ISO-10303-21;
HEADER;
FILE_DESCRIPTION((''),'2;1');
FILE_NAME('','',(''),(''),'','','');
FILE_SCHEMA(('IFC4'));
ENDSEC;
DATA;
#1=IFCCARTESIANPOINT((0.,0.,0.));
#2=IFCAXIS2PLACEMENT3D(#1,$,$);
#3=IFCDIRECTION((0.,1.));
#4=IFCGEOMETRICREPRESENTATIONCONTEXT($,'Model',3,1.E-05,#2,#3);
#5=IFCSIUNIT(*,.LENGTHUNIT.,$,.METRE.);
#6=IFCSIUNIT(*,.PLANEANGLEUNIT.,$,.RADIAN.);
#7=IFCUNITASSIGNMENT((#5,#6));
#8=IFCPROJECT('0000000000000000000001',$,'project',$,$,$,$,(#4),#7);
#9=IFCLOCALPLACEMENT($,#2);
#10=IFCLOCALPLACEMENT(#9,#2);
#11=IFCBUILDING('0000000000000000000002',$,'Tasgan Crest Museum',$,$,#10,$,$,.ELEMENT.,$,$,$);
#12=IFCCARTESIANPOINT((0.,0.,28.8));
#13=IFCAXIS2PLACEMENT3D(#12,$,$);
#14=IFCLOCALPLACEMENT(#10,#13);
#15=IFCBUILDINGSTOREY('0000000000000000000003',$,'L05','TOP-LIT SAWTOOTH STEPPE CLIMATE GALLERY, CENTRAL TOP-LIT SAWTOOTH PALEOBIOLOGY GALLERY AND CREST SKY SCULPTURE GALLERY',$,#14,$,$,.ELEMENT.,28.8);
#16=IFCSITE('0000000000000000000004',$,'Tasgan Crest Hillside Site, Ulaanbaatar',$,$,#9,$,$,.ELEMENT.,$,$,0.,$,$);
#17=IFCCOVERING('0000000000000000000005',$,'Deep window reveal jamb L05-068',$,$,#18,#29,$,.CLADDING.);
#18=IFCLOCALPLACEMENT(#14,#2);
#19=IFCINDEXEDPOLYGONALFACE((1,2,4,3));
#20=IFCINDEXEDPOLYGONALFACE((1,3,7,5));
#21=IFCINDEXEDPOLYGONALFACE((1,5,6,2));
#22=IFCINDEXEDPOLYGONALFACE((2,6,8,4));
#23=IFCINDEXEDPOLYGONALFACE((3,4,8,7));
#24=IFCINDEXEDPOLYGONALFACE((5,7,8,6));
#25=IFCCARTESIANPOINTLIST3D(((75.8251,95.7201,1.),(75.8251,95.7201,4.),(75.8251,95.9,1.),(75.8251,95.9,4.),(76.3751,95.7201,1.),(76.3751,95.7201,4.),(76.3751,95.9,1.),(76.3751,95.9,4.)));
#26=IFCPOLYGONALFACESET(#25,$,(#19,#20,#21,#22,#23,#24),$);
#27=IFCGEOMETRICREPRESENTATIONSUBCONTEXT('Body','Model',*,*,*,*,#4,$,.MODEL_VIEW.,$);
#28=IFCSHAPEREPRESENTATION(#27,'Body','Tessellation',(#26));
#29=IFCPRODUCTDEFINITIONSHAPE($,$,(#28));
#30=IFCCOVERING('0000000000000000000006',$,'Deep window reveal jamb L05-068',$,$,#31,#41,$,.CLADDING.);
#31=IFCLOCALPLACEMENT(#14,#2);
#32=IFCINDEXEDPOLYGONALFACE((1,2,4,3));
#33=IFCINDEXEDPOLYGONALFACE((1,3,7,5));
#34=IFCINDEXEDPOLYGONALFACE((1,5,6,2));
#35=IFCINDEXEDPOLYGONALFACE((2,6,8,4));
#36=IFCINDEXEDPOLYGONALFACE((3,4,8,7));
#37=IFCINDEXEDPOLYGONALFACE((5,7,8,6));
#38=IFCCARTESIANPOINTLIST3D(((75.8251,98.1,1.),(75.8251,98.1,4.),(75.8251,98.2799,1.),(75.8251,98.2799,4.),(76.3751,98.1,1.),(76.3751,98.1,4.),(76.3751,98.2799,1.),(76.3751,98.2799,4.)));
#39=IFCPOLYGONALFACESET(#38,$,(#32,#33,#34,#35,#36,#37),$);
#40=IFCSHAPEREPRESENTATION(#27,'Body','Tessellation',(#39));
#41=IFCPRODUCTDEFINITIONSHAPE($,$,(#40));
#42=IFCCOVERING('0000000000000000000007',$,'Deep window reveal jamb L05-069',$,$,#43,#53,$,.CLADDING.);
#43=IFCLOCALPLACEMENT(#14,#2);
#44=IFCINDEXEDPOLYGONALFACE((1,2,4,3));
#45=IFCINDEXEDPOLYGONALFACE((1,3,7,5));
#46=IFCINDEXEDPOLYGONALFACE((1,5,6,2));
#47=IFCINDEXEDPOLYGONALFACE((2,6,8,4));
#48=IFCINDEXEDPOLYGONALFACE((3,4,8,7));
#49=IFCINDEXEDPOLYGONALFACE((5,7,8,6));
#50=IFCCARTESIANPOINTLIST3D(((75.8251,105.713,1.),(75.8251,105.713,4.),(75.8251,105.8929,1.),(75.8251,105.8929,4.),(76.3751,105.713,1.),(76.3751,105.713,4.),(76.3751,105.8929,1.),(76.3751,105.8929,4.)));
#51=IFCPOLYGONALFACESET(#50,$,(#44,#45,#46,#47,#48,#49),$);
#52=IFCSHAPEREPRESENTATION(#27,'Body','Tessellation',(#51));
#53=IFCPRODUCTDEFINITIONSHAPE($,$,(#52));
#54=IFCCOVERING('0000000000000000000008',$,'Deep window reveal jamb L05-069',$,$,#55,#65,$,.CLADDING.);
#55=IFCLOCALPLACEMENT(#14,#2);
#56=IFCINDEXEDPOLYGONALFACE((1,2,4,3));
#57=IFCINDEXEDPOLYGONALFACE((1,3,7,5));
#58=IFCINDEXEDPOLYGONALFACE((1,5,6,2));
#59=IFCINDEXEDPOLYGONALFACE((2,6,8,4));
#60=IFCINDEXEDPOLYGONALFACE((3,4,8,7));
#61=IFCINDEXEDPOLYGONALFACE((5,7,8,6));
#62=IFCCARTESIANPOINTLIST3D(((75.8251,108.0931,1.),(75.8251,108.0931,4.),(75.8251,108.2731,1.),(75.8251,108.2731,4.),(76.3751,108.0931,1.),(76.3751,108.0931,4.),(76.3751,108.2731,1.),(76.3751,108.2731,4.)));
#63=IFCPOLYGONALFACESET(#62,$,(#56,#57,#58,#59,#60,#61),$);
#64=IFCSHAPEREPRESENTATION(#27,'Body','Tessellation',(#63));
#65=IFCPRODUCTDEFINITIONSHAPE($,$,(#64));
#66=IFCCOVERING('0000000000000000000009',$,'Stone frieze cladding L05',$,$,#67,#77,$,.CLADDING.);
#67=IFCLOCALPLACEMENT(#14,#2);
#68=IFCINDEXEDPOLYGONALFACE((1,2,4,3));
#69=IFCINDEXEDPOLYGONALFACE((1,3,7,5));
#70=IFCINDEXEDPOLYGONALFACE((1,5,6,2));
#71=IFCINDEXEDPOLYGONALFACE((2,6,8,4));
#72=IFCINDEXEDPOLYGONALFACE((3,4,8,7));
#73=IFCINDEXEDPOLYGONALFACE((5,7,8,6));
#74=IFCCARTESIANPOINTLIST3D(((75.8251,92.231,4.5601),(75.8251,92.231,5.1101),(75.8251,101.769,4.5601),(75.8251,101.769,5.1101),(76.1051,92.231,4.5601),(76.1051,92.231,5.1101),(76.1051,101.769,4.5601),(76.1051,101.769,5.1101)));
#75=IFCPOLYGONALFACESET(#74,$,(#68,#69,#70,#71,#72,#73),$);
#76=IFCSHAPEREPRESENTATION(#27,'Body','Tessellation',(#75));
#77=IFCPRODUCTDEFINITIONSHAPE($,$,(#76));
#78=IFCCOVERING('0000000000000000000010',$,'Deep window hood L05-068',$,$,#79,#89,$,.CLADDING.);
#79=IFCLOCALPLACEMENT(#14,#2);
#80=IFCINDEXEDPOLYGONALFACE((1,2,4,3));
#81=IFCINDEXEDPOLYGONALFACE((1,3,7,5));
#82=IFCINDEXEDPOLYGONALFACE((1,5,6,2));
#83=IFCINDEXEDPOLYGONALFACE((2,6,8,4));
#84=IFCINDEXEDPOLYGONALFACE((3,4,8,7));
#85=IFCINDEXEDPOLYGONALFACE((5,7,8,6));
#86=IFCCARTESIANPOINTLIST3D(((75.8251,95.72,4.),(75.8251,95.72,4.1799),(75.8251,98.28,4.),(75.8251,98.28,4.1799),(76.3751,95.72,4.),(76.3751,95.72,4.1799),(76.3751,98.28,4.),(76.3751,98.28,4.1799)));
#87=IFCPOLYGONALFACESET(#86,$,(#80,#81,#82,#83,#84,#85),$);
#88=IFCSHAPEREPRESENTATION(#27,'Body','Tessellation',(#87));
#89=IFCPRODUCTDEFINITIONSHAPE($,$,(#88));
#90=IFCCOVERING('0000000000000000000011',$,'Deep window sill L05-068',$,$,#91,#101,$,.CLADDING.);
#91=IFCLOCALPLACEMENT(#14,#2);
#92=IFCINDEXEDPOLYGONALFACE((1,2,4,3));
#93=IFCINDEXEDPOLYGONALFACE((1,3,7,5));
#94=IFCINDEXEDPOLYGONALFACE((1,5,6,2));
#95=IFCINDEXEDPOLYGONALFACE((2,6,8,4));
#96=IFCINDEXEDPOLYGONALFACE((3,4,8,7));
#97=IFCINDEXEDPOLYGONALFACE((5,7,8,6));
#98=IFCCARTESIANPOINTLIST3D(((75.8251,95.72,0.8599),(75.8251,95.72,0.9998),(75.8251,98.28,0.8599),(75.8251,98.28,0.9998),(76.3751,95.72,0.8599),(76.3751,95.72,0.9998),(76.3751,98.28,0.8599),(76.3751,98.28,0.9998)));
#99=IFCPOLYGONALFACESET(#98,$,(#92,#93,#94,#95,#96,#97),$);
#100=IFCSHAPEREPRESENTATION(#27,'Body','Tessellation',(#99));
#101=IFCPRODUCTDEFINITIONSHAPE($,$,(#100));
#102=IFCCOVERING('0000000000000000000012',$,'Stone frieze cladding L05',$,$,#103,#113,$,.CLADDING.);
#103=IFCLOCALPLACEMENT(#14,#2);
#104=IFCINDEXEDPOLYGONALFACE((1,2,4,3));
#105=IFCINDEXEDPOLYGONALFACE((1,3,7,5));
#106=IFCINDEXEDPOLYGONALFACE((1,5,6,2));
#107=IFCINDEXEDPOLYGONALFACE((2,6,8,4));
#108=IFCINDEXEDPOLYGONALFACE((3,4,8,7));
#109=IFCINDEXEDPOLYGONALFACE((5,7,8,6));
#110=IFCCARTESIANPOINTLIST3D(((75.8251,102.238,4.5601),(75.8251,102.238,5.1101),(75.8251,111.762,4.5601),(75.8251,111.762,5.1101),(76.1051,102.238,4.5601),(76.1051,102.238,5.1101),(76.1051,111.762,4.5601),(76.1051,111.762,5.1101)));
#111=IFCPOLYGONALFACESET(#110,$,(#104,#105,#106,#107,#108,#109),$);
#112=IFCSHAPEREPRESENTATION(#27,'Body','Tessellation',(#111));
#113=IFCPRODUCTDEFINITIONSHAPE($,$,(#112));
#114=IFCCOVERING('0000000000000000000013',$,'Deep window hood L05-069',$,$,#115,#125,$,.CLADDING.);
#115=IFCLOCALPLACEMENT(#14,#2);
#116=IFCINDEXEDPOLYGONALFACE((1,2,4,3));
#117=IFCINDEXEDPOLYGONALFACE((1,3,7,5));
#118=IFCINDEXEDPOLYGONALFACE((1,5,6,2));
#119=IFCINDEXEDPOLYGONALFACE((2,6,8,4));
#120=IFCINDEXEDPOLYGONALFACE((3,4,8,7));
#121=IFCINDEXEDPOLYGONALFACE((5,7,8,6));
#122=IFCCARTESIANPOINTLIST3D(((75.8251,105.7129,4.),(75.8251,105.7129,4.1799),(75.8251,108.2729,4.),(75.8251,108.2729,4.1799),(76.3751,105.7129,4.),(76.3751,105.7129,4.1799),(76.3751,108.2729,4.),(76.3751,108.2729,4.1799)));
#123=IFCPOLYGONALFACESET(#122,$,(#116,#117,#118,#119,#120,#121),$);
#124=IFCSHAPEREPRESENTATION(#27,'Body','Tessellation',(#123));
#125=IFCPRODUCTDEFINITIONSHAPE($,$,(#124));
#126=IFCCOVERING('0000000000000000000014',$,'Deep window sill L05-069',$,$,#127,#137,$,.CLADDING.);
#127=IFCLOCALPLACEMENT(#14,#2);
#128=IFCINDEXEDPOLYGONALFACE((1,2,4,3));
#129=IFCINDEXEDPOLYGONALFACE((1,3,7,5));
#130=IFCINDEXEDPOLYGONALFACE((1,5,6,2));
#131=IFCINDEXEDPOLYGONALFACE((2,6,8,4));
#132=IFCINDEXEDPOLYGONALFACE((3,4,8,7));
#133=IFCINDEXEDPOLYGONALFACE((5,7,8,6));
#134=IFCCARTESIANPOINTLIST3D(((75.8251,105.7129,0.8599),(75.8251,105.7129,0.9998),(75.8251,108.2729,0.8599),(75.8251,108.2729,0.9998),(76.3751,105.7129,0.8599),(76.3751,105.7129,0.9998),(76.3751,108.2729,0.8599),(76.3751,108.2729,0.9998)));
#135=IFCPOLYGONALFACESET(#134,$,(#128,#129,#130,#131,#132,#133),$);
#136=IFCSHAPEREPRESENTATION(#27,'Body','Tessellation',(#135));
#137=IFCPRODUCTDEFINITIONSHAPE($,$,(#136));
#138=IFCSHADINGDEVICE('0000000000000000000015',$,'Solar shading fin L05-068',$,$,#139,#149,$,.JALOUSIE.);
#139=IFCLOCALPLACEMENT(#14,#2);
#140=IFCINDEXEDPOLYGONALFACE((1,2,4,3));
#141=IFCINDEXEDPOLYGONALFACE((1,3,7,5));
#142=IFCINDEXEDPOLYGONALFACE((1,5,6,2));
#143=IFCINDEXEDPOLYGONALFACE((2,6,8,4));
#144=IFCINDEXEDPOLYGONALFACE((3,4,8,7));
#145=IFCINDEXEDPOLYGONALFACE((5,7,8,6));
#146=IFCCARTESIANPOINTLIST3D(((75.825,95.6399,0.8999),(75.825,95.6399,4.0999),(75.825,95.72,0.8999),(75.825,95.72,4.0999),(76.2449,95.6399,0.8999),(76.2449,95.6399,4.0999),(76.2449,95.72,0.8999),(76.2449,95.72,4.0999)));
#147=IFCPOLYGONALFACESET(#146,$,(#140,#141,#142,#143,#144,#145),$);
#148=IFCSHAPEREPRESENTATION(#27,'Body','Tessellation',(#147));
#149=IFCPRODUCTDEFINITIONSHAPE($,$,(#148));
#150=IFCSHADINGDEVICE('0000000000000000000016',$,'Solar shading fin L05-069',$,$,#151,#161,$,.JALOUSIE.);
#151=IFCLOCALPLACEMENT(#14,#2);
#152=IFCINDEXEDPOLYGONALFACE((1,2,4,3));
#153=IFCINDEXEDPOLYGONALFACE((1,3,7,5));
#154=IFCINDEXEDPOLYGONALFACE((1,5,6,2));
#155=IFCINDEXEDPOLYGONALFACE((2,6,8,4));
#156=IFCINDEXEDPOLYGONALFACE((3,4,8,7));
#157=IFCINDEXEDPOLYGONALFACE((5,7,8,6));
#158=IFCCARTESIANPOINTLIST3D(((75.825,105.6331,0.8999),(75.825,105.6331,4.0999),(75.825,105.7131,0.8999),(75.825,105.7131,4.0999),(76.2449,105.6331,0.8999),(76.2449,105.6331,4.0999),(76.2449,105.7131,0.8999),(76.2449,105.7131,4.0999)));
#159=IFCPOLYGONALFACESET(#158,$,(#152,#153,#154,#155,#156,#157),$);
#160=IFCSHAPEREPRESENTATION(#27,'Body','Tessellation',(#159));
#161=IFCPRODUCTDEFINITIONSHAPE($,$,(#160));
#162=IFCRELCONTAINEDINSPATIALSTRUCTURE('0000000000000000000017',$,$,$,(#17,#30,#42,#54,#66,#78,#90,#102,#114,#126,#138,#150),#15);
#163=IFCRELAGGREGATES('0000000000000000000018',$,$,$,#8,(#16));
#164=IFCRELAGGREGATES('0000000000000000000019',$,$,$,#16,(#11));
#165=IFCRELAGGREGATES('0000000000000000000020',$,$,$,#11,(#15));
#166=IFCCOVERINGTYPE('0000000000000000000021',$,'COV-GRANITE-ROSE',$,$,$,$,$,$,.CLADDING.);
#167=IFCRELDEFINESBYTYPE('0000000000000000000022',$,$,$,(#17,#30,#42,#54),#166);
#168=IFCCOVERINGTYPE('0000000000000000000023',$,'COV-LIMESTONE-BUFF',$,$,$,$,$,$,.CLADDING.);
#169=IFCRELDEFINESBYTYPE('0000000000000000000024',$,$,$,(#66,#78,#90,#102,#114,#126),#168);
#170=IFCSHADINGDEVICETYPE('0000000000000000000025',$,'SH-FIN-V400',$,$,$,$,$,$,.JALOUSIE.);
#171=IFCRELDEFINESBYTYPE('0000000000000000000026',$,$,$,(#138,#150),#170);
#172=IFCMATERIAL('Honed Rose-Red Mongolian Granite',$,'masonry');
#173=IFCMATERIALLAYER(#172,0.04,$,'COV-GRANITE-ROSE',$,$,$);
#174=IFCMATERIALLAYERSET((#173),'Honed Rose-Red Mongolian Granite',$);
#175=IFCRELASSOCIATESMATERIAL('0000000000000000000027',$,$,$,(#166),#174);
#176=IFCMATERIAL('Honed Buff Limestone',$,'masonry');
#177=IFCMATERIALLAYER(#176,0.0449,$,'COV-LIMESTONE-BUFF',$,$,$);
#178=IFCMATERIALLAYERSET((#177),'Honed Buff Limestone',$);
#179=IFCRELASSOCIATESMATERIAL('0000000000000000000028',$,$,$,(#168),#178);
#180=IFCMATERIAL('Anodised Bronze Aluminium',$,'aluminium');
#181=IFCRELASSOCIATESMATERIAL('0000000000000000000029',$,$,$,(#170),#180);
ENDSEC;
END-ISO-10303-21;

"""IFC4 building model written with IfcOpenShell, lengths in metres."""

from ifc_helpers import new_model, si_unit, direction, frame, origin, origin_2d, place, context, subcontext, project, spatial, rectangle, extrude, material, layer, layer_set, type_object, element, save


model = new_model("IFC4")

# Units and contexts
model_context = context("Model", 3, precision=1e-05, world=origin(), true_north=direction((0.0, 1.0)))
body_context = subcontext(model_context, "Body", "Model", "MODEL_VIEW")
ifc_project = project(units=[si_unit("LENGTHUNIT", "METRE"), si_unit("PLANEANGLEUNIT", "RADIAN")], contexts=[model_context])

# Site, building, storey
site_placement = place(None, origin())
site = spatial("IfcSite", under=ifc_project, at=site_placement, Name="Tasgan Crest Hillside Site, Ulaanbaatar", CompositionType="ELEMENT", RefElevation=0.0)
building_placement = place(site_placement, origin())
building = spatial("IfcBuilding", under=site, at=building_placement, Name="Tasgan Crest Museum", CompositionType="ELEMENT")
storey_placement = place(building_placement, frame((0.0, 0.0, 28.8)))
storey = spatial("IfcBuildingStorey", under=building, at=storey_placement, Name="L05", Description="TOP-LIT SAWTOOTH STEPPE CLIMATE GALLERY, CENTRAL TOP-LIT SAWTOOTH PALEOBIOLOGY GALLERY AND CREST SKY SCULPTURE GALLERY", CompositionType="ELEMENT", Elevation=28.8)

# Coverings
ifc_material_1 = material(Name="Honed Rose-Red Mongolian Granite", Category="masonry")
ifc_layer_1 = layer(ifc_material_1, 0.04, Name="COV-GRANITE-ROSE")
ifc_layer_set_1 = layer_set([ifc_layer_1], Name="Honed Rose-Red Mongolian Granite")
covering_type_1 = type_object("IfcCoveringType", Name="COV-GRANITE-ROSE", PredefinedType="CLADDING", material=ifc_layer_set_1)
for number, where, z_axis, x_axis, name in (
    (1, (76.1001, 95.8101, 1.0), (0.0, 0.0, 1.0), (0.0, 1.0, 0.0), "Deep window reveal jamb L05-068"),
    (2, (76.1001, 98.1899, 1.0), (0.0, 0.0, 1.0), (0.0, 1.0, 0.0), "Deep window reveal jamb L05-068"),
    (3, (76.1001, 105.803, 1.0), (0.0, 0.0, 1.0), (0.0, 1.0, 0.0), "Deep window reveal jamb L05-069"),
    (4, (76.1001, 108.1831, 1.0), (0.0, 0.0, 1.0), (0.0, 1.0, 0.0), "Deep window reveal jamb L05-069"),
):
    element("IfcCovering", number, at=place(storey_placement, frame(where, z_axis=z_axis, x_axis=x_axis)), inside=storey, type_object=covering_type_1, Name=name, PredefinedType="CLADDING", context=body_context, shape_type="SweptSolid", body=[
        extrude(rectangle(XDim=0.1799, YDim=0.55, at=origin_2d()), origin(), (0.0, 0.0, 1.0), 3.0),
    ])
ifc_material_2 = material(Name="Honed Buff Limestone", Category="masonry")
ifc_layer_2 = layer(ifc_material_2, 0.0449, Name="COV-LIMESTONE-BUFF")
ifc_layer_set_2 = layer_set([ifc_layer_2], Name="Honed Buff Limestone")
covering_type_2 = type_object("IfcCoveringType", Name="COV-LIMESTONE-BUFF", PredefinedType="CLADDING", material=ifc_layer_set_2)
covering_1_placement = place(storey_placement, frame((75.9651, 97.0, 4.5601), z_axis=(0.0, 0.0, 1.0), x_axis=(0.0, 1.0, 0.0)))
element("IfcCovering", 5, at=covering_1_placement, inside=storey, type_object=covering_type_2, Name="Stone frieze cladding L05", PredefinedType="CLADDING", context=body_context, shape_type="SweptSolid", body=[
    extrude(rectangle(XDim=9.5381, YDim=0.28, at=origin_2d()), origin(), (0.0, 0.0, 1.0), 0.55),
])
covering_2_placement = place(storey_placement, frame((76.1001, 97.0, 4.0), z_axis=(0.0, 0.0, 1.0), x_axis=(0.0, 1.0, 0.0)))
element("IfcCovering", 6, at=covering_2_placement, inside=storey, type_object=covering_type_2, Name="Deep window hood L05-068", PredefinedType="CLADDING", context=body_context, shape_type="SweptSolid", body=[
    extrude(rectangle(XDim=2.5601, YDim=0.55, at=origin_2d()), origin(), (0.0, 0.0, 1.0), 0.1799),
])
covering_3_placement = place(storey_placement, frame((76.1001, 97.0, 0.8599), z_axis=(0.0, 0.0, 1.0), x_axis=(0.0, 1.0, 0.0)))
element("IfcCovering", 7, at=covering_3_placement, inside=storey, type_object=covering_type_2, Name="Deep window sill L05-068", PredefinedType="CLADDING", context=body_context, shape_type="SweptSolid", body=[
    extrude(rectangle(XDim=2.5601, YDim=0.55, at=origin_2d()), origin(), (0.0, 0.0, 1.0), 0.1399),
])
covering_4_placement = place(storey_placement, frame((75.9651, 107.0, 4.5601), z_axis=(0.0, 0.0, 1.0), x_axis=(0.0, 1.0, 0.0)))
element("IfcCovering", 8, at=covering_4_placement, inside=storey, type_object=covering_type_2, Name="Stone frieze cladding L05", PredefinedType="CLADDING", context=body_context, shape_type="SweptSolid", body=[
    extrude(rectangle(XDim=9.5239, YDim=0.28, at=origin_2d()), origin(), (0.0, 0.0, 1.0), 0.55),
])
covering_5_placement = place(storey_placement, frame((76.1001, 106.9929, 4.0), z_axis=(0.0, 0.0, 1.0), x_axis=(0.0, 1.0, 0.0)))
element("IfcCovering", 9, at=covering_5_placement, inside=storey, type_object=covering_type_2, Name="Deep window hood L05-069", PredefinedType="CLADDING", context=body_context, shape_type="SweptSolid", body=[
    extrude(rectangle(XDim=2.5601, YDim=0.55, at=origin_2d()), origin(), (0.0, 0.0, 1.0), 0.1799),
])
covering_6_placement = place(storey_placement, frame((76.1001, 106.9929, 0.8599), z_axis=(0.0, 0.0, 1.0), x_axis=(0.0, 1.0, 0.0)))
element("IfcCovering", 10, at=covering_6_placement, inside=storey, type_object=covering_type_2, Name="Deep window sill L05-069", PredefinedType="CLADDING", context=body_context, shape_type="SweptSolid", body=[
    extrude(rectangle(XDim=2.5601, YDim=0.55, at=origin_2d()), origin(), (0.0, 0.0, 1.0), 0.1399),
])

# Shading devices
ifc_material_3 = material(Name="Anodised Bronze Aluminium", Category="aluminium")
shading_device_type = type_object("IfcShadingDeviceType", Name="SH-FIN-V400", PredefinedType="JALOUSIE", material=ifc_material_3)
for number, where, z_axis, x_axis, name in (
    (11, (76.0349, 95.6799, 0.8999), (0.0, 0.0, 1.0), (0.0, 1.0, 0.0), "Solar shading fin L05-068"),
    (12, (76.0349, 105.6731, 0.8999), (0.0, 0.0, 1.0), (0.0, 1.0, 0.0), "Solar shading fin L05-069"),
):
    element("IfcShadingDevice", number, at=place(storey_placement, frame(where, z_axis=z_axis, x_axis=x_axis)), inside=storey, type_object=shading_device_type, Name=name, PredefinedType="JALOUSIE", context=body_context, shape_type="SweptSolid", body=[
        extrude(rectangle(XDim=0.0801, YDim=0.4199, at=origin_2d()), origin(), (0.0, 0.0, 1.0), 3.2),
    ])

save(model, "model.ifc")
